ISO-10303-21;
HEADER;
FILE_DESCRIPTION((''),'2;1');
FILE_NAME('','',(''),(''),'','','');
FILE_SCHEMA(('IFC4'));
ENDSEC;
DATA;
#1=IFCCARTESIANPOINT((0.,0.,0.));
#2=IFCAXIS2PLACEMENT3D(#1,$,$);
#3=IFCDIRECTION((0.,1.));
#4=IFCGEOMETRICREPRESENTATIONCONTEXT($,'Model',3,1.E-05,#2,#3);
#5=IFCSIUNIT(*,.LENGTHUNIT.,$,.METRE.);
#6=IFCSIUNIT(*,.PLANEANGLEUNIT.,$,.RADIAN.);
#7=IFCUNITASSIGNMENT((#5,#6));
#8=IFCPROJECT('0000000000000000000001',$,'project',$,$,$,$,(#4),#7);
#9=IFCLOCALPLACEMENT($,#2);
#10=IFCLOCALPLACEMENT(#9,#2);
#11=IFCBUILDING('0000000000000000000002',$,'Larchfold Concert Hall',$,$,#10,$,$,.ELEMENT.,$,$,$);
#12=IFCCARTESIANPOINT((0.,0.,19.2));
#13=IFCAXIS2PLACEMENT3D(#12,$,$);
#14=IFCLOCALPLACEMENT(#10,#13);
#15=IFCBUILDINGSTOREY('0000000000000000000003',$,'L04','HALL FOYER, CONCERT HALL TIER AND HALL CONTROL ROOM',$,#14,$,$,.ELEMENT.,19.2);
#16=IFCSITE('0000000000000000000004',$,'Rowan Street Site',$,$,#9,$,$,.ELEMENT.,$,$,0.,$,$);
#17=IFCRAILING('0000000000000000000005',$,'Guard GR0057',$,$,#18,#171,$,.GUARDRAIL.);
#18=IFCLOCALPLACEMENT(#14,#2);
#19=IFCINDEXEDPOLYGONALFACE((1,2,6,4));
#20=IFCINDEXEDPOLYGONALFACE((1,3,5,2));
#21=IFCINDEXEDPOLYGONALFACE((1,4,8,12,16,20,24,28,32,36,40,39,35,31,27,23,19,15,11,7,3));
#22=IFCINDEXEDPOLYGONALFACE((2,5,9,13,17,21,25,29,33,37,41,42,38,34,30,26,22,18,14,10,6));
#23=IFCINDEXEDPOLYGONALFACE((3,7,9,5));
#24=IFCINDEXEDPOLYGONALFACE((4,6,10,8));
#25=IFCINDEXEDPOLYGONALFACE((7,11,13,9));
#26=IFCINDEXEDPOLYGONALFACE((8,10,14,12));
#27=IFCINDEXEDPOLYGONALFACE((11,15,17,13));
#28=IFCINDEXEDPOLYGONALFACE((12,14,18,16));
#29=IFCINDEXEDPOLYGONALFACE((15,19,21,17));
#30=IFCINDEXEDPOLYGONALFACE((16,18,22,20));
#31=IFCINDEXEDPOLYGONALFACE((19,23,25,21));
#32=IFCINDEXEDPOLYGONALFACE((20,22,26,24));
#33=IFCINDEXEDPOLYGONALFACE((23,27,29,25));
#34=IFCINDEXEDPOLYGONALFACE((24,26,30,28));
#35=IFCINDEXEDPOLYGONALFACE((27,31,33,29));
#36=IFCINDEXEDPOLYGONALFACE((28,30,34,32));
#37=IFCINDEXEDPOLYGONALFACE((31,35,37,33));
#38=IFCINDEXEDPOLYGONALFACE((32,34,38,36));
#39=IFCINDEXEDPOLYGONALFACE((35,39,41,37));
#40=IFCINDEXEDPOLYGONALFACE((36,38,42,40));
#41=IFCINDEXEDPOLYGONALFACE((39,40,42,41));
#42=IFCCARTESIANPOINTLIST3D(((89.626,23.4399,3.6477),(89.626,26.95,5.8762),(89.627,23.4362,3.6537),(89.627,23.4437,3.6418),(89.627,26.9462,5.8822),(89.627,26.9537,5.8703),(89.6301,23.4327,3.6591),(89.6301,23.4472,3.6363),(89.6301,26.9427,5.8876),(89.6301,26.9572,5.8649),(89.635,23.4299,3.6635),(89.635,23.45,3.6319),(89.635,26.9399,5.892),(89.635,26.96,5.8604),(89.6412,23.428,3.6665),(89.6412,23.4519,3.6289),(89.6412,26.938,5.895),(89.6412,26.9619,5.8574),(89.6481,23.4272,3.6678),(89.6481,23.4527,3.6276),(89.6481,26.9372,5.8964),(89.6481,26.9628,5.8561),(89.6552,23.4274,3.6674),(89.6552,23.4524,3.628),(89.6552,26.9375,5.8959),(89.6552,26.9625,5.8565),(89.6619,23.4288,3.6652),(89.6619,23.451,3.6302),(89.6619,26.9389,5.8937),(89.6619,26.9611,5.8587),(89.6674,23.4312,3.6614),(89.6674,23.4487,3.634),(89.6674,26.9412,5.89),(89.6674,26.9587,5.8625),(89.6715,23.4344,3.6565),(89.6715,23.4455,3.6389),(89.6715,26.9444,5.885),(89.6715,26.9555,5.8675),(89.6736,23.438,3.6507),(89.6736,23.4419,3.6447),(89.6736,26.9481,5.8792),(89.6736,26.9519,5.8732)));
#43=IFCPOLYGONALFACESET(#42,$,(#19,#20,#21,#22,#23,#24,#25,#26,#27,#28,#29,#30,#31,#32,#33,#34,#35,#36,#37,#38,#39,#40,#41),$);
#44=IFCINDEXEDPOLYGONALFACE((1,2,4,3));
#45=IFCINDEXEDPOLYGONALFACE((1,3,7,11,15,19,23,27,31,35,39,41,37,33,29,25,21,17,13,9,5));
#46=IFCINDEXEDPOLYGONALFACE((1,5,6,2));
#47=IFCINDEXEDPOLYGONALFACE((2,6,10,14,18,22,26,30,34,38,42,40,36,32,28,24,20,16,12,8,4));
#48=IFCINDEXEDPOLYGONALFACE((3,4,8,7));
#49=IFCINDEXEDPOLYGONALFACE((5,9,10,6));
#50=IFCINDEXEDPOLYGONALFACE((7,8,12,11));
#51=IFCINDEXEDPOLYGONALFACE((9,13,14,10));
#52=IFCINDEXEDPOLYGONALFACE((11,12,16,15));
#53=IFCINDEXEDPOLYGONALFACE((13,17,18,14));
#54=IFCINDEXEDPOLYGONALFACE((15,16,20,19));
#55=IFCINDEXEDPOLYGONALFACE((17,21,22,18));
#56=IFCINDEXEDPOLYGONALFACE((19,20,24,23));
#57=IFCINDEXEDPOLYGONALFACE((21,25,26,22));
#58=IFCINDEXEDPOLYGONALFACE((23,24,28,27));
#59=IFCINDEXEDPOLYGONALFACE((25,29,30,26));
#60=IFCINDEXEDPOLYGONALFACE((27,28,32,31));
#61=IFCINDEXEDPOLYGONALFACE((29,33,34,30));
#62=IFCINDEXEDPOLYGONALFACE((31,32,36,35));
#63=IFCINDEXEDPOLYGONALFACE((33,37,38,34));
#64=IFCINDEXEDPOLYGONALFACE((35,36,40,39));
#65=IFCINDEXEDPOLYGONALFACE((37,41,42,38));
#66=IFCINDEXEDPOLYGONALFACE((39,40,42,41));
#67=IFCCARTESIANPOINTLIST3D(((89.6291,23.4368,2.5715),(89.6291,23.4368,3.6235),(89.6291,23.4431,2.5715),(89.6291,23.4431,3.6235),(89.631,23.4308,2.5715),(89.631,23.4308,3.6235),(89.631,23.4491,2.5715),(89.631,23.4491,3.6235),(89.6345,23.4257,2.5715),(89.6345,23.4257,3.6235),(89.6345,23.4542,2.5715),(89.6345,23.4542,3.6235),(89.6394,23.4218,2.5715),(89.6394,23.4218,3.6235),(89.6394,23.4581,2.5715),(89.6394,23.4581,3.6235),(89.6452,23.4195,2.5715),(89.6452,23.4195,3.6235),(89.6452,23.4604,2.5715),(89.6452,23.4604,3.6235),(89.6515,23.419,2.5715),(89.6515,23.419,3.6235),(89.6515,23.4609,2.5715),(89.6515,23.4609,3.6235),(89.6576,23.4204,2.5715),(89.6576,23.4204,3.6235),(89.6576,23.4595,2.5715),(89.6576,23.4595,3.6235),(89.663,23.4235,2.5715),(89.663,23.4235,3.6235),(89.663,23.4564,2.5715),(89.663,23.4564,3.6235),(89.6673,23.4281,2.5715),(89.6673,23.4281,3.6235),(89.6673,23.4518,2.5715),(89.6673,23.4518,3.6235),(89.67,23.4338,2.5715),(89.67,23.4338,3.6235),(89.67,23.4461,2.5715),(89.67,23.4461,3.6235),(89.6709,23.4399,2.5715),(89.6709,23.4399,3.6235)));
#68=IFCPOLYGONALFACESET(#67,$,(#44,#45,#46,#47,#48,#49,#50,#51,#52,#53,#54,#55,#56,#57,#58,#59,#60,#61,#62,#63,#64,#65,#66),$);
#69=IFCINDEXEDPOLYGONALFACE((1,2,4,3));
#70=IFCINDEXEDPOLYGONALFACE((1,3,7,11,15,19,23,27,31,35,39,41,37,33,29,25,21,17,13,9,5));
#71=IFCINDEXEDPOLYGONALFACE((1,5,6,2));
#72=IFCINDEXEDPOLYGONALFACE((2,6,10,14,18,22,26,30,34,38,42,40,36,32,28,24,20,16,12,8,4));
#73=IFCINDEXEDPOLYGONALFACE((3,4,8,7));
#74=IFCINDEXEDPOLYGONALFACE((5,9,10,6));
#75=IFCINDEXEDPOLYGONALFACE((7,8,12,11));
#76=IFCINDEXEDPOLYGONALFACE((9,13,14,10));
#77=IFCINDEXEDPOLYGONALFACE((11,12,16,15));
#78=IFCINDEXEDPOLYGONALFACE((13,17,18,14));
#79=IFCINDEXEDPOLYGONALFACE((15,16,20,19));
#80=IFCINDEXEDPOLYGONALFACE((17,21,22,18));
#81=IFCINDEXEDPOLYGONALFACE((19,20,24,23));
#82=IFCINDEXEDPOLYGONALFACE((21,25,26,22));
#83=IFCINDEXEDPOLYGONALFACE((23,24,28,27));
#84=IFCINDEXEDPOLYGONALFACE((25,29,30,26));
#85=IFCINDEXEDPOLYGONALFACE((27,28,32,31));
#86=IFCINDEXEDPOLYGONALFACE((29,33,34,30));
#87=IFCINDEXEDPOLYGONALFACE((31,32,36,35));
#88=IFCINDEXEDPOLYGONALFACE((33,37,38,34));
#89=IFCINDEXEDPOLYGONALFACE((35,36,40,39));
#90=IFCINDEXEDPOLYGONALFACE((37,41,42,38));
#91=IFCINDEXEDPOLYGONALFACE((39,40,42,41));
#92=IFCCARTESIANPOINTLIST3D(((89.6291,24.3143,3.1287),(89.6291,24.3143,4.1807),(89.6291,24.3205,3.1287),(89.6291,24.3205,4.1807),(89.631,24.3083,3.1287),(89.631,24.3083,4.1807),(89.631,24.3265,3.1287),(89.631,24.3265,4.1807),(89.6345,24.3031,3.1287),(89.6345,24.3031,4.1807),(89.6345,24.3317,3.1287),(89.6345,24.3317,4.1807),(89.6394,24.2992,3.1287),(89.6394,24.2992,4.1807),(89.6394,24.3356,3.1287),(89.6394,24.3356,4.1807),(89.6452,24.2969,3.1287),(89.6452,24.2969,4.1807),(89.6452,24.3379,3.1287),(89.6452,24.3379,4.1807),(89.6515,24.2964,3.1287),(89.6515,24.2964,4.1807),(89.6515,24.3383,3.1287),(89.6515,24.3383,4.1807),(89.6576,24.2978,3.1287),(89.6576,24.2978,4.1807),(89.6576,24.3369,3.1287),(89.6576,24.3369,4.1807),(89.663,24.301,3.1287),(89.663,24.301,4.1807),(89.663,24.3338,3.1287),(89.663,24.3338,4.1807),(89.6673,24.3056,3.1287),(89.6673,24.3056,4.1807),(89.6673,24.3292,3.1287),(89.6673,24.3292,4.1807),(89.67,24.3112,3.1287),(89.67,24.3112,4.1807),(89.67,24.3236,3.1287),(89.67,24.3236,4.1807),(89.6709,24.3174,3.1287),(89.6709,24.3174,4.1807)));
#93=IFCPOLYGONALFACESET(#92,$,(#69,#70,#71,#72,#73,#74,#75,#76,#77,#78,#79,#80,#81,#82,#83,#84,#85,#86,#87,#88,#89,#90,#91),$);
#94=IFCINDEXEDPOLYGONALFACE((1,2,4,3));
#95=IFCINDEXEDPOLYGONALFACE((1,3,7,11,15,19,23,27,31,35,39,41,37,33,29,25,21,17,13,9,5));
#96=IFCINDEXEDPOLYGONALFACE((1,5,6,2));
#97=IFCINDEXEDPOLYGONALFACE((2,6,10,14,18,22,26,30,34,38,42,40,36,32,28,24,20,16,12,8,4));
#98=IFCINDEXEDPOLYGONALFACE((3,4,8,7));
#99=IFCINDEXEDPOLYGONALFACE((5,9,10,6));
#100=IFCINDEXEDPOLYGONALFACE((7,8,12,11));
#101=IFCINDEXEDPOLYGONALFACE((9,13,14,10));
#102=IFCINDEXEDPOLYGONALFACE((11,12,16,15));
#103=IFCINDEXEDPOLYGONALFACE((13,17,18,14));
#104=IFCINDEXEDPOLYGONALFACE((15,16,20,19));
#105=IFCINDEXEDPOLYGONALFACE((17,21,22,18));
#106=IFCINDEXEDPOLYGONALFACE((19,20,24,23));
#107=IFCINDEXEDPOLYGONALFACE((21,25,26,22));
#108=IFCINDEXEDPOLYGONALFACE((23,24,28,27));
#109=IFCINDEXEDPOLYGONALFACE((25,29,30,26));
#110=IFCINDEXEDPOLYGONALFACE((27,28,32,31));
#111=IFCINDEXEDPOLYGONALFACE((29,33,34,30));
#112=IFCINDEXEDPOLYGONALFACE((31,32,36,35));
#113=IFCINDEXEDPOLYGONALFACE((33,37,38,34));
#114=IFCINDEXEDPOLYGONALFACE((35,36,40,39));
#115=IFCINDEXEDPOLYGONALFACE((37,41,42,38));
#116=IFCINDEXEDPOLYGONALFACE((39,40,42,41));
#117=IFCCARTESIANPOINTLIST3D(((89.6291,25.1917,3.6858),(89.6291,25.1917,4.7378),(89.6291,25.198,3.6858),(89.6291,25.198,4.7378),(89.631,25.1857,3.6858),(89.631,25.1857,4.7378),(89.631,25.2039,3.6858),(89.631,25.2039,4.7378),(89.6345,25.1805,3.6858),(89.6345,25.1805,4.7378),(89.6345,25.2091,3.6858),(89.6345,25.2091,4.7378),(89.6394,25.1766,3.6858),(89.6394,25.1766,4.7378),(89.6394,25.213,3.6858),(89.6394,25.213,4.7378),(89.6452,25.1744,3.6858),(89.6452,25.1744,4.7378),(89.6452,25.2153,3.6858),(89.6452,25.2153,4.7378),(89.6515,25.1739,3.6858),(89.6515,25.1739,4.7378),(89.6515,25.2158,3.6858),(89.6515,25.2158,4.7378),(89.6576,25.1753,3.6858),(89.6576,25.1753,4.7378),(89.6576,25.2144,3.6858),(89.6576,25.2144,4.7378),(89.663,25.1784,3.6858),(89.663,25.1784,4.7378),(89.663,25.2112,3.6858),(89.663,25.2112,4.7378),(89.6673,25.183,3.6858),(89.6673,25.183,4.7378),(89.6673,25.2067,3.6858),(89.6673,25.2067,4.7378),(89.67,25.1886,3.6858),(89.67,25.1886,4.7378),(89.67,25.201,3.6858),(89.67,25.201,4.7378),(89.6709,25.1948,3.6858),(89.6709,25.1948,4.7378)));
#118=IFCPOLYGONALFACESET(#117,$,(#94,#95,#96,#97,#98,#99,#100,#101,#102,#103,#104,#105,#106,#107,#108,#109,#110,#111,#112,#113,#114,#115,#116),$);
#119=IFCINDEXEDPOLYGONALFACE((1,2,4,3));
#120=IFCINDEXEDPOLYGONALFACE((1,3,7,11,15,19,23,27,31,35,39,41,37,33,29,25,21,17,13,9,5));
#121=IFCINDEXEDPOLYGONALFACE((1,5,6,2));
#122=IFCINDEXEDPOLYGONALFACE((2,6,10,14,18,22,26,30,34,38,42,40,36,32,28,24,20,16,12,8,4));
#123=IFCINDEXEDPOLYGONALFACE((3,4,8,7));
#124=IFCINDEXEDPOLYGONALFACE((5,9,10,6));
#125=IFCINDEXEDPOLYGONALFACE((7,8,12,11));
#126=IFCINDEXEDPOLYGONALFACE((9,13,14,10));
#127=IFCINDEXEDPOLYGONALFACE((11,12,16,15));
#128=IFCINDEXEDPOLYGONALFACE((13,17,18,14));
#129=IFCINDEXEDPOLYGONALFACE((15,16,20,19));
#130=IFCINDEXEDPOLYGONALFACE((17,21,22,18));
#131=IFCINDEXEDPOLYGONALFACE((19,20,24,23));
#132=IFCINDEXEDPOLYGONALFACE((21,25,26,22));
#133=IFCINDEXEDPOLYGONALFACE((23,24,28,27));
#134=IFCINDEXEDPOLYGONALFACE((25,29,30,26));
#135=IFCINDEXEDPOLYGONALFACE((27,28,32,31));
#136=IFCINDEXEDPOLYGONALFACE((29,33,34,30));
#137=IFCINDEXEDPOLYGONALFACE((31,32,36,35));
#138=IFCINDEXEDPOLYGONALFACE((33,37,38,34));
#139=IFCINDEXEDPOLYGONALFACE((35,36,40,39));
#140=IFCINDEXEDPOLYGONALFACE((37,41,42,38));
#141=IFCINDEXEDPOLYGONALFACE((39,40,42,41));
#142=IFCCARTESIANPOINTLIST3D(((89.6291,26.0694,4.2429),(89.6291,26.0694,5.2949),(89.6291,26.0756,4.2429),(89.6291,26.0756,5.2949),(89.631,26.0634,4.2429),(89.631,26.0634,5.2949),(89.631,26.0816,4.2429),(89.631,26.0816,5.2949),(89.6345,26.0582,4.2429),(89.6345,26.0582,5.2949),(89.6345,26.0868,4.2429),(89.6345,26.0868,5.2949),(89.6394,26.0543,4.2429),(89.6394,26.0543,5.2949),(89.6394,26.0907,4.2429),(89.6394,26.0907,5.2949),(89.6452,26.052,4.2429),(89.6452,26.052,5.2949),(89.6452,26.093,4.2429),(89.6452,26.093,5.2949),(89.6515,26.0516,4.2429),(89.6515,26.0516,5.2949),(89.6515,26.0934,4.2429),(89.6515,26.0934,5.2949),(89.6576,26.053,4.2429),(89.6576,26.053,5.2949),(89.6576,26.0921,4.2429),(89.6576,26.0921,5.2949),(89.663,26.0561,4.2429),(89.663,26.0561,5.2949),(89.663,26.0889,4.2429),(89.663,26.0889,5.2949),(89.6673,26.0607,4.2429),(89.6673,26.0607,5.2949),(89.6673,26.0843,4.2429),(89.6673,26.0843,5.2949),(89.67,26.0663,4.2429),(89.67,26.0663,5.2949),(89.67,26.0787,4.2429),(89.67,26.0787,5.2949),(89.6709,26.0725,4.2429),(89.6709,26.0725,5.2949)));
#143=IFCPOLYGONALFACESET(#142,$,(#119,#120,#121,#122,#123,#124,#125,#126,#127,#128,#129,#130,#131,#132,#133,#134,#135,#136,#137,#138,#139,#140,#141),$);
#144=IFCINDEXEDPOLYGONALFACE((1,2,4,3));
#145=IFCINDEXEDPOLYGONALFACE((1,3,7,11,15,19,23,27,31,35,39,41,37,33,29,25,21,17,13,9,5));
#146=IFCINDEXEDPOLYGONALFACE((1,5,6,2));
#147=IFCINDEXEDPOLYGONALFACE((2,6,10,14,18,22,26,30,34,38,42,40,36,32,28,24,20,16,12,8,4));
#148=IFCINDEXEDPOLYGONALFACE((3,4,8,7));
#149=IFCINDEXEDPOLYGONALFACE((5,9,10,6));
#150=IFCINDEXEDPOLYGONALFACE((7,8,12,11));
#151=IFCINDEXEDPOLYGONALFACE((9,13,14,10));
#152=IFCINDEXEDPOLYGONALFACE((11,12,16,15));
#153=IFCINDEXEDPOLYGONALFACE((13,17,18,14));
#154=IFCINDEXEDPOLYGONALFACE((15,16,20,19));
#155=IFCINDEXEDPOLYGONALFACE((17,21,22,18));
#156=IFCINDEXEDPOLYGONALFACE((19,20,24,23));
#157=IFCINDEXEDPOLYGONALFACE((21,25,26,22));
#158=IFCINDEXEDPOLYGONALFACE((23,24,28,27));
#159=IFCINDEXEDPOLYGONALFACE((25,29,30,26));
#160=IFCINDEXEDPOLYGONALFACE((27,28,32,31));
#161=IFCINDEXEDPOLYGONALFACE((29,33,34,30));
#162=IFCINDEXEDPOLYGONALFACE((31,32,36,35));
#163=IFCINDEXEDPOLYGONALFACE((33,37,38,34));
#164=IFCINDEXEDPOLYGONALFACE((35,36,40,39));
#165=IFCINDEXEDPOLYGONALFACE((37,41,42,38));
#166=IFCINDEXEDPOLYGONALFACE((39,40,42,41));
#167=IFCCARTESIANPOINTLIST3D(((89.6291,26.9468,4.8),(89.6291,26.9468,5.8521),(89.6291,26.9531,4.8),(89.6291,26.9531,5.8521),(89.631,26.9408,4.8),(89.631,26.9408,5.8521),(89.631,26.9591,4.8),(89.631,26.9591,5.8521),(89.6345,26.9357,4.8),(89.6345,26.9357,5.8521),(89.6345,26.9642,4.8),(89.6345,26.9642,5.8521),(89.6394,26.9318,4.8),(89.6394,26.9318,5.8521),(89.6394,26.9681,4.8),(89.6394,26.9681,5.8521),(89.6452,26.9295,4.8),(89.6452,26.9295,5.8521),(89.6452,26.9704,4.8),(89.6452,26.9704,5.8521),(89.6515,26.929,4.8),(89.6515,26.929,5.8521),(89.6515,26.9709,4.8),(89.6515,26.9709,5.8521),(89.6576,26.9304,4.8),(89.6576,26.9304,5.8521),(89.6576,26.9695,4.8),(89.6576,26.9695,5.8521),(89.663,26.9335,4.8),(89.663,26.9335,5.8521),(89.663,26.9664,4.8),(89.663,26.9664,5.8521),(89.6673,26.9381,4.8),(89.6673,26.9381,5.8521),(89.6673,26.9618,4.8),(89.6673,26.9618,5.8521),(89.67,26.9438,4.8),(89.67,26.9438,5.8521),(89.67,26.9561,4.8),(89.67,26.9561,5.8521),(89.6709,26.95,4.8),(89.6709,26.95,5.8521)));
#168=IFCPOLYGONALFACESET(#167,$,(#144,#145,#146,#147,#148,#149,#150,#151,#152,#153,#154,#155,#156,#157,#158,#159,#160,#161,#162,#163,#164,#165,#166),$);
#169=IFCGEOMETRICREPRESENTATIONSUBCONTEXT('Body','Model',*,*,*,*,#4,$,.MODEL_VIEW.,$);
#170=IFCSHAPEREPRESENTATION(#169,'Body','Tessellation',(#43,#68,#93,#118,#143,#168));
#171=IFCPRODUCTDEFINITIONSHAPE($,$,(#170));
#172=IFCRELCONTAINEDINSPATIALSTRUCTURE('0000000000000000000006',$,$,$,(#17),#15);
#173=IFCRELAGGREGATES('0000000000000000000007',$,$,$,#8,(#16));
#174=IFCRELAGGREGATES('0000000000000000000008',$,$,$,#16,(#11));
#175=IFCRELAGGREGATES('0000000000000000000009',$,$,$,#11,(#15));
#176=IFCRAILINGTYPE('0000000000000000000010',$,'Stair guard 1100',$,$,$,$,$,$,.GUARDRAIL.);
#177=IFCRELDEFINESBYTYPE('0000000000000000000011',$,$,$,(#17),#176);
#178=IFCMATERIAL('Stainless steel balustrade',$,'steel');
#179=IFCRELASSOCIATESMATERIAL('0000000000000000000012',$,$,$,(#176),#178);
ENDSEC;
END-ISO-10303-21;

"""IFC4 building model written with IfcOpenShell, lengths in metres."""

from ifc_helpers import new_model, si_unit, direction, frame, origin, origin_2d, place, context, subcontext, project, spatial, circle, extrude, material, type_object, element, save


model = new_model("IFC4")

# Units and contexts
model_context = context("Model", 3, precision=1e-05, world=origin(), true_north=direction((0.0, 1.0)))
body_context = subcontext(model_context, "Body", "Model", "MODEL_VIEW")
ifc_project = project(units=[si_unit("LENGTHUNIT", "METRE"), si_unit("PLANEANGLEUNIT", "RADIAN")], contexts=[model_context])

# Site, building, storey
site_placement = place(None, origin())
site = spatial("IfcSite", under=ifc_project, at=site_placement, Name="Rowan Street Site", CompositionType="ELEMENT", RefElevation=0.0)
building_placement = place(site_placement, origin())
building = spatial("IfcBuilding", under=site, at=building_placement, Name="Larchfold Concert Hall", CompositionType="ELEMENT")
storey_placement = place(building_placement, frame((0.0, 0.0, 19.2)))
storey = spatial("IfcBuildingStorey", under=building, at=storey_placement, Name="L04", Description="HALL FOYER, CONCERT HALL TIER AND HALL CONTROL ROOM", CompositionType="ELEMENT", Elevation=19.2)

# Railing
ifc_material_1 = material(Name="Stainless steel balustrade", Category="steel")
railing_type_1 = type_object("IfcRailingType", Name="Stair guard 1100", PredefinedType="GUARDRAIL", material=ifc_material_1)
railing_1_placement = place(storey_placement, frame((89.6499, 23.4399, 2.5715)))
element("IfcRailing", 1, at=railing_1_placement, inside=storey, type_object=railing_type_1, Name="Guard GR0057", PredefinedType="GUARDRAIL", context=body_context, shape_type="SweptSolid", body=[
    extrude(circle(Radius=0.0239, at=origin_2d()), frame((0.0, 0.0, 1.0762), z_axis=(0.0, 0.84422, 0.535998), x_axis=(-1.0, 0.0, 0.0)), (0.0, 0.0, 1.0), 4.1577),
    extrude(circle(Radius=0.021, at=origin_2d()), origin(), (0.0, 0.0, 1.0), 1.052),
    extrude(circle(Radius=0.021, at=origin_2d()), frame((0.0, 0.8774, 0.5571)), (0.0, 0.0, 1.0), 1.052),
    extrude(circle(Radius=0.021, at=origin_2d()), frame((0.0, 1.7549, 1.1143)), (0.0, 0.0, 1.0), 1.052),
    extrude(circle(Radius=0.021, at=origin_2d()), frame((0.0, 2.6326, 1.6714)), (0.0, 0.0, 1.0), 1.052),
    extrude(circle(Radius=0.021, at=origin_2d()), frame((0.0, 3.51, 2.2285)), (0.0, 0.0, 1.0), 1.052),
])

save(model, "model.ifc")
